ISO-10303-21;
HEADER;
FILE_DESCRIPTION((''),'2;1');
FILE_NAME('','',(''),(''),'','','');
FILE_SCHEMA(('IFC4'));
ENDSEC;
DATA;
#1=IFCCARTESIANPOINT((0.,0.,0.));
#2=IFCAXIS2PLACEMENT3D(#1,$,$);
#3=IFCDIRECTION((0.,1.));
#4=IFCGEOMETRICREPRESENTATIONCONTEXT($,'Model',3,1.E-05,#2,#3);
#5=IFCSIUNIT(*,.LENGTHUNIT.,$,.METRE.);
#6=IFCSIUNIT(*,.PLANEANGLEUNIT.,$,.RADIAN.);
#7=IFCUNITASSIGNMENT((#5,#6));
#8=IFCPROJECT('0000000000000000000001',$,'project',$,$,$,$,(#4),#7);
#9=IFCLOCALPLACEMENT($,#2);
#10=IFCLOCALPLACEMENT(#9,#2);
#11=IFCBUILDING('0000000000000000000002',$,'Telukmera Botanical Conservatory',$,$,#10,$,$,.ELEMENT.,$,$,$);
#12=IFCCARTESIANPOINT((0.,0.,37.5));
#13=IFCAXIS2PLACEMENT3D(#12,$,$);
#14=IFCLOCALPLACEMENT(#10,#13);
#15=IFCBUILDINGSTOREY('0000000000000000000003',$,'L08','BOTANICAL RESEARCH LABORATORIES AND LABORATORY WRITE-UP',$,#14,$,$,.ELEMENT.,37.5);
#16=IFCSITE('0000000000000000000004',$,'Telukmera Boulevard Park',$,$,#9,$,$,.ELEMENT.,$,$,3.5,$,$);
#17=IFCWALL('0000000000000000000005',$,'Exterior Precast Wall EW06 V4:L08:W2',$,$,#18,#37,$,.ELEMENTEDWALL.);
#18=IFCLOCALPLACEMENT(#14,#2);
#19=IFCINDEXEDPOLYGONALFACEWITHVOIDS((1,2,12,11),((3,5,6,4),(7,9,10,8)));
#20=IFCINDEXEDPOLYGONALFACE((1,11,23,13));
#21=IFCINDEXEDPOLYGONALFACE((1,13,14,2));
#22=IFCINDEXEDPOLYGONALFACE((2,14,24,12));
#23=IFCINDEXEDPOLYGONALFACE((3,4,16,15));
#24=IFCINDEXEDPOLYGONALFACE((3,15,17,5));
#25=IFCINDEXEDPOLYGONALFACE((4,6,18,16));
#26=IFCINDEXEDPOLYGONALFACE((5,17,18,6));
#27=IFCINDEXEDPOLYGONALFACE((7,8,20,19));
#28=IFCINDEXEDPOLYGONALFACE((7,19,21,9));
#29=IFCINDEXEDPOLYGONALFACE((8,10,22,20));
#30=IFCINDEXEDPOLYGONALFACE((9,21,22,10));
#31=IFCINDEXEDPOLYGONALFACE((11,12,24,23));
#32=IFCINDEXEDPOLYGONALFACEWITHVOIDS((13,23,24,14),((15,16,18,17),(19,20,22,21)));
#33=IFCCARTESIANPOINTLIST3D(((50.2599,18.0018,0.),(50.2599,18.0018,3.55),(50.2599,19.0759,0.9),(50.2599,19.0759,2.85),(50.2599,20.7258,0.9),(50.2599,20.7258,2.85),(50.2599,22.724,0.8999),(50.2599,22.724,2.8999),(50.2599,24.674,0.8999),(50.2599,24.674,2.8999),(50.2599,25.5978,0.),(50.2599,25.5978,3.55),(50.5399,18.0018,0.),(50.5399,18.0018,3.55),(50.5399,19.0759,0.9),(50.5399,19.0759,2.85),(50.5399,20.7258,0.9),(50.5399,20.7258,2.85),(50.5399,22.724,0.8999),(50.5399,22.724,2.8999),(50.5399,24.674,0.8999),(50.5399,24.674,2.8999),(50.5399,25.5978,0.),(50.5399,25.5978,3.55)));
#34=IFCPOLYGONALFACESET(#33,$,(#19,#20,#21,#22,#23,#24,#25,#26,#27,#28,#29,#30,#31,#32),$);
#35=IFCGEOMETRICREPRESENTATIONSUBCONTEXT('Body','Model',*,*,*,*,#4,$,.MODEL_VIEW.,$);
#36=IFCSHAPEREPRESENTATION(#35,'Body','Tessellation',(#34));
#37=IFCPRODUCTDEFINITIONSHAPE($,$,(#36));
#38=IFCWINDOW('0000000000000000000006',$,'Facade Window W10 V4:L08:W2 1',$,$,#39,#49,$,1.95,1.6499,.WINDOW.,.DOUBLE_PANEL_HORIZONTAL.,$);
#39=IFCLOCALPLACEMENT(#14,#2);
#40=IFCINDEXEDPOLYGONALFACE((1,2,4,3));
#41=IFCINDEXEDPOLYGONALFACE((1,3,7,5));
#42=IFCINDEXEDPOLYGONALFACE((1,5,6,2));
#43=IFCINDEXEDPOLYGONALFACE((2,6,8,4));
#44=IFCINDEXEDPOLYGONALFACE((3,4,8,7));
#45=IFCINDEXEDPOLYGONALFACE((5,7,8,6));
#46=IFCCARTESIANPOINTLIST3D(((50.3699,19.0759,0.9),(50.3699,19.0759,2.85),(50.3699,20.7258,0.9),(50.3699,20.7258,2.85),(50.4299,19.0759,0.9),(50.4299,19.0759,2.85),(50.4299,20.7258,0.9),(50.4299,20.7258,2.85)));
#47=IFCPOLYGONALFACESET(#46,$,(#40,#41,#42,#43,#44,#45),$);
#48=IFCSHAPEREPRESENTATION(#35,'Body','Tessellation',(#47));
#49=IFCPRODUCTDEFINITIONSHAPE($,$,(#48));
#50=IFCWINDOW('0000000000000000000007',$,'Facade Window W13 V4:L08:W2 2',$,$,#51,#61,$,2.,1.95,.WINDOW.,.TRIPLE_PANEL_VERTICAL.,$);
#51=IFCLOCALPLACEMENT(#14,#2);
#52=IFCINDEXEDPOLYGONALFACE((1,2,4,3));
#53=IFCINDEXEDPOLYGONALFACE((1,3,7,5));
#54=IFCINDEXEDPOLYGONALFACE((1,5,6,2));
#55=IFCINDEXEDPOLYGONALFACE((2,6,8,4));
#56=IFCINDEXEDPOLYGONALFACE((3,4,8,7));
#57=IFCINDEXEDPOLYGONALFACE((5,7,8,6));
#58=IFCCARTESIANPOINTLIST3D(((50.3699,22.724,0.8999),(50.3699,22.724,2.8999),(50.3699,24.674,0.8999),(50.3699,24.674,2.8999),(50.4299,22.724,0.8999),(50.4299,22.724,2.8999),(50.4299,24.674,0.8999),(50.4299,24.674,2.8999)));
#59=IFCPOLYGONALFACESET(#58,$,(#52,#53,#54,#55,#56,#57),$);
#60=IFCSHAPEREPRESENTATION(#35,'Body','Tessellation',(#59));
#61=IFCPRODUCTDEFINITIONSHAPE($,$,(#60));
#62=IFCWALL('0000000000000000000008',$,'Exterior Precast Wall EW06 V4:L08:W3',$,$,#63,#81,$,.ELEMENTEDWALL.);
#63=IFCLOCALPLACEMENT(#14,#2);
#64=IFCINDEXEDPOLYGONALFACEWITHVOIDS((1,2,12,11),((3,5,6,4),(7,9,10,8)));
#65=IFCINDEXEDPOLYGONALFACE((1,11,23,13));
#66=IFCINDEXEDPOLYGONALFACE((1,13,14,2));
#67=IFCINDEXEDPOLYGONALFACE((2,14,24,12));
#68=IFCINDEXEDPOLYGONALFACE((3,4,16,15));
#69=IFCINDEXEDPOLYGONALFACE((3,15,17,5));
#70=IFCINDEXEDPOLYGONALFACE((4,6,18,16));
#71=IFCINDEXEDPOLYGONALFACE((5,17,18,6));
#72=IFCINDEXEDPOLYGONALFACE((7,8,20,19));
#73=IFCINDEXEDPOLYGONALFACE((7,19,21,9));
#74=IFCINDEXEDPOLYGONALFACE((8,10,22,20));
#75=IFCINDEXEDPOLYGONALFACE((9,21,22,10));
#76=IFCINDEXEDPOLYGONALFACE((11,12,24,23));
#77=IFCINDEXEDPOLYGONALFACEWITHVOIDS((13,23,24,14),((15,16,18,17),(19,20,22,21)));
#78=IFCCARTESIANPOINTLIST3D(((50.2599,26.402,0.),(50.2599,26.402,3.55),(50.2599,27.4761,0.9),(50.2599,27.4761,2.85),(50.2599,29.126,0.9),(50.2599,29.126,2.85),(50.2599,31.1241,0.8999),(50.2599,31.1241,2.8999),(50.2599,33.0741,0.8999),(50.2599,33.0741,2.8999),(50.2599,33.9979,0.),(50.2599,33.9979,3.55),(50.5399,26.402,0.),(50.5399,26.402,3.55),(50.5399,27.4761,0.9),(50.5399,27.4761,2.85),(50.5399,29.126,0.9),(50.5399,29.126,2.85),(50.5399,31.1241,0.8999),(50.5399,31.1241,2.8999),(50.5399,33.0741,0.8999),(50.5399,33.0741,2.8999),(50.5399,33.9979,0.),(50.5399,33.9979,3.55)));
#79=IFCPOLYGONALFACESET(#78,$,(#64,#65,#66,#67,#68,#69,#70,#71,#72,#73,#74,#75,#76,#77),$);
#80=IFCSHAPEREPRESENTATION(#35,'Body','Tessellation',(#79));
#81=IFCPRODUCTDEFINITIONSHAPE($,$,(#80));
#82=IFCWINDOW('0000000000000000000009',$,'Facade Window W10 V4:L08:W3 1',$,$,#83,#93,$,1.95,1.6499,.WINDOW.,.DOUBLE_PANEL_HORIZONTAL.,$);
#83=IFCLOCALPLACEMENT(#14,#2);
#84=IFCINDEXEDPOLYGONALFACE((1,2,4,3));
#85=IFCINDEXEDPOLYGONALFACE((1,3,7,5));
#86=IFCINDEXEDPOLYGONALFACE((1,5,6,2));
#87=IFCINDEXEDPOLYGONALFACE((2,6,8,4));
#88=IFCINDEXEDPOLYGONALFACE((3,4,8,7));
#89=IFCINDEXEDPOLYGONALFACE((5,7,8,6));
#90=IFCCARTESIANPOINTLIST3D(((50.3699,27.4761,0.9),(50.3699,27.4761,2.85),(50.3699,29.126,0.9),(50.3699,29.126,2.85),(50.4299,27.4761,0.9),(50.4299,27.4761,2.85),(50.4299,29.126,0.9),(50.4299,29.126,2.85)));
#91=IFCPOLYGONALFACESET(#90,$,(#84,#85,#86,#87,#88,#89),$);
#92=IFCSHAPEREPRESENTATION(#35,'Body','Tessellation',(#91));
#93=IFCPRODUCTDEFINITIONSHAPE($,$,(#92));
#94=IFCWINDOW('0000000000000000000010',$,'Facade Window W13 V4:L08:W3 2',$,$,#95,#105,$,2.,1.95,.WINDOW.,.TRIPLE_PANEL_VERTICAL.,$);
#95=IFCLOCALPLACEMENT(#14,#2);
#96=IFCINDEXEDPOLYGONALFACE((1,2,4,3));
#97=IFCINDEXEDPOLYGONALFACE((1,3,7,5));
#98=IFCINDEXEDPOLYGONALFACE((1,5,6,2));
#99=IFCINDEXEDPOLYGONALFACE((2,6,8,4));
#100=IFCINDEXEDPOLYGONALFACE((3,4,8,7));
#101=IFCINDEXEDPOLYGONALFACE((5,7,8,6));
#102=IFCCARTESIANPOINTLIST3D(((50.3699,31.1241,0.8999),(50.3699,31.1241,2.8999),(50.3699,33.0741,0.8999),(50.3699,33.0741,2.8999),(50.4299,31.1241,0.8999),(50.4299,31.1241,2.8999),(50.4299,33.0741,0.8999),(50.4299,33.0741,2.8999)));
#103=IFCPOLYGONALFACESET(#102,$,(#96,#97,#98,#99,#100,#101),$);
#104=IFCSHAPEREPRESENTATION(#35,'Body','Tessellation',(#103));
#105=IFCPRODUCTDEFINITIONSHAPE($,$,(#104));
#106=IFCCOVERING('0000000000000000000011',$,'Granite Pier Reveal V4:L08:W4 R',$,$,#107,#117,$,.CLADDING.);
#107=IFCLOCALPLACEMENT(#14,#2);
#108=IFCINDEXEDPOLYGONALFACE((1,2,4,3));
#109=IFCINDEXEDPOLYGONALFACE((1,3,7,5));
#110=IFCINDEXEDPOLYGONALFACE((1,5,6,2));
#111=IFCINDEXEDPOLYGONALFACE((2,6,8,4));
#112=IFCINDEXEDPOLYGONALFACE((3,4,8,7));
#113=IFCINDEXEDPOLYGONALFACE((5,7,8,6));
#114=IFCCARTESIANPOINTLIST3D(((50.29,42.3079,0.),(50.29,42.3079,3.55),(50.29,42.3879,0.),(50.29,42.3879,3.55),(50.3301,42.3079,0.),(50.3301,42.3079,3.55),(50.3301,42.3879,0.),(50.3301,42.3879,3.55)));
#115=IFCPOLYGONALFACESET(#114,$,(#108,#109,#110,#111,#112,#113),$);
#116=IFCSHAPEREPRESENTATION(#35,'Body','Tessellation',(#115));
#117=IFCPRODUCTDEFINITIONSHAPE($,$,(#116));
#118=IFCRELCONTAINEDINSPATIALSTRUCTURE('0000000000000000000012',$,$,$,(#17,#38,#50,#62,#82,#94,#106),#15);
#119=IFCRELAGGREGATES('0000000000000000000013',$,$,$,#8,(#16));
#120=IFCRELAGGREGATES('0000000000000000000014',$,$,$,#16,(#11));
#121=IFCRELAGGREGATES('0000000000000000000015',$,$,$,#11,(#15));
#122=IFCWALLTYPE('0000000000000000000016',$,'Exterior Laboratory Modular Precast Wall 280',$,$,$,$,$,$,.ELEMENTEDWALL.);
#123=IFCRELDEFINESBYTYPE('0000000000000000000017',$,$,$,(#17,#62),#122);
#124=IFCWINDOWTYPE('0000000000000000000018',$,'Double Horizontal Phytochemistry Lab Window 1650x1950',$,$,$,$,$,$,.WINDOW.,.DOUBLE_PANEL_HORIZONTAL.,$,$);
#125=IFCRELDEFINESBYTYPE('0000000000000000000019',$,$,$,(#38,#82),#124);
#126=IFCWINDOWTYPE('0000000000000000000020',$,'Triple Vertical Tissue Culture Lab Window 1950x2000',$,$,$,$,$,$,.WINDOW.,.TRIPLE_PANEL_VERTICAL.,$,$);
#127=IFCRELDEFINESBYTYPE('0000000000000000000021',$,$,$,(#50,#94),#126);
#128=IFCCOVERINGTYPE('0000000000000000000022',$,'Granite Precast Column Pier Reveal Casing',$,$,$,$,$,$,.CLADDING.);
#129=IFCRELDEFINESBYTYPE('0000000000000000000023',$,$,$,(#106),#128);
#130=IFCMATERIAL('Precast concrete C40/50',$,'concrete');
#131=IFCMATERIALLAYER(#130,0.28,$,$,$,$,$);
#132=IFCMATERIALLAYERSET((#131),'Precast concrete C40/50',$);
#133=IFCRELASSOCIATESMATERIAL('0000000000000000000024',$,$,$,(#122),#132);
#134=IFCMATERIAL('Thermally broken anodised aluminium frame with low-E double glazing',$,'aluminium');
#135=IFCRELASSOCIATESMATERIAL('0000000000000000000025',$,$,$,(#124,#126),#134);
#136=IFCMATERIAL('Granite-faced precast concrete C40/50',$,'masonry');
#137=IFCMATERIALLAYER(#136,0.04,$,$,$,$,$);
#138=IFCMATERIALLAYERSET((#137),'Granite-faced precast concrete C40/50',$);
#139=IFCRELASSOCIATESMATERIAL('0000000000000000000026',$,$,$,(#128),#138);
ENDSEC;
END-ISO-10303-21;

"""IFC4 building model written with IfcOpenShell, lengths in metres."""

from ifc_helpers import new_model, si_unit, direction, frame, frame_2d, origin, origin_2d, place, context, subcontext, project, spatial, rectangle, extrude, material, layer, layer_set, type_object, element, fill, save


model = new_model("IFC4")

# Units and contexts
model_context = context("Model", 3, precision=1e-05, world=origin(), true_north=direction((0.0, 1.0)))
body_context = subcontext(model_context, "Body", "Model", "MODEL_VIEW")
ifc_project = project(units=[si_unit("LENGTHUNIT", "METRE"), si_unit("PLANEANGLEUNIT", "RADIAN")], contexts=[model_context])

# Site, building, storey
site_placement = place(None, origin())
site = spatial("IfcSite", under=ifc_project, at=site_placement, Name="Telukmera Boulevard Park", CompositionType="ELEMENT", RefElevation=3.5)
building_placement = place(site_placement, origin())
building = spatial("IfcBuilding", under=site, at=building_placement, Name="Telukmera Botanical Conservatory", CompositionType="ELEMENT")
storey_placement = place(building_placement, frame((0.0, 0.0, 37.5)))
storey = spatial("IfcBuildingStorey", under=building, at=storey_placement, Name="L08", Description="BOTANICAL RESEARCH LABORATORIES AND LABORATORY WRITE-UP", CompositionType="ELEMENT", Elevation=37.5)

# Shared definitions
ifc_material_1 = material(Name="Precast concrete C40/50", Category="concrete")

# Walls, openings, windows
ifc_layer_1 = layer(ifc_material_1, 0.28)
ifc_layer_set_1 = layer_set([ifc_layer_1], Name="Precast concrete C40/50")
wall_type = type_object("IfcWallType", Name="Exterior Laboratory Modular Precast Wall 280", PredefinedType="ELEMENTEDWALL", material=ifc_layer_set_1)
wall_1_placement = place(storey_placement, frame((50.3999, 18.002, 0.0), z_axis=(0.0, 0.0, 1.0), x_axis=(0.0, 1.0, 0.0)))
wall_1 = element("IfcWall", 1, at=wall_1_placement, inside=storey, type_object=wall_type, Name="Exterior Precast Wall EW06 V4:L08:W2", PredefinedType="ELEMENTEDWALL", context=body_context, shape_type="SweptSolid", body=[
    extrude(rectangle(XDim=7.5959, YDim=0.28, at=frame_2d((3.7979, 0.0))), origin(), (0.0, 0.0, 1.0), 3.55),
])
opening_1_placement = place(wall_1_placement, frame((1.074, 0.0, 0.8999)))
opening_1 = element("IfcOpeningElement", 2, at=opening_1_placement, cuts=wall_1, PredefinedType="OPENING", context=body_context, shape_type="SweptSolid", body=[
    extrude(rectangle(XDim=1.6499, YDim=1.95, at=frame_2d((0.825, 0.9751))), frame((0.0, 0.1499, 0.0), z_axis=(0.0, -1.0, 0.0), x_axis=(1.0, 0.0, 0.0)), (0.0, 0.0, 1.0), 0.3),
])
opening_2_placement = place(wall_1_placement, frame((4.7219, 0.0, 0.8999)))
opening_2 = element("IfcOpeningElement", 3, at=opening_2_placement, cuts=wall_1, PredefinedType="OPENING", context=body_context, shape_type="SweptSolid", body=[
    extrude(rectangle(XDim=1.95, YDim=2.0, at=frame_2d((0.9751, 1.0))), frame((0.0, 0.1499, 0.0), z_axis=(0.0, -1.0, 0.0), x_axis=(1.0, 0.0, 0.0)), (0.0, 0.0, 1.0), 0.3),
])
ifc_material_2 = material(Name="Thermally broken anodised aluminium frame with low-E double glazing", Category="aluminium")
window_type_1 = type_object("IfcWindowType", Name="Double Horizontal Phytochemistry Lab Window 1650x1950", PartitioningType="DOUBLE_PANEL_HORIZONTAL", PredefinedType="WINDOW", material=ifc_material_2)
window_1_placement = place(opening_1_placement, origin())
window_1 = element("IfcWindow", 4, at=window_1_placement, inside=storey, type_object=window_type_1, Name="Facade Window W10 V4:L08:W2 1", OverallHeight=1.95, OverallWidth=1.6499, PartitioningType="DOUBLE_PANEL_HORIZONTAL", PredefinedType="WINDOW", context=body_context, shape_type="SweptSolid", body=[
    extrude(rectangle(XDim=1.6499, YDim=1.95, at=frame_2d((0.825, 0.9751))), frame((0.0, 0.03, 0.0), z_axis=(0.0, -1.0, 0.0), x_axis=(1.0, 0.0, 0.0)), (0.0, 0.0, 1.0), 0.0601),
])
fill(opening_1, window_1)
window_type_2 = type_object("IfcWindowType", Name="Triple Vertical Tissue Culture Lab Window 1950x2000", PartitioningType="TRIPLE_PANEL_VERTICAL", PredefinedType="WINDOW", material=ifc_material_2)
window_2_placement = place(opening_2_placement, origin())
window_2 = element("IfcWindow", 5, at=window_2_placement, inside=storey, type_object=window_type_2, Name="Facade Window W13 V4:L08:W2 2", OverallHeight=2.0, OverallWidth=1.95, PartitioningType="TRIPLE_PANEL_VERTICAL", PredefinedType="WINDOW", context=body_context, shape_type="SweptSolid", body=[
    extrude(rectangle(XDim=1.95, YDim=2.0, at=frame_2d((0.9751, 1.0))), frame((0.0, 0.03, 0.0), z_axis=(0.0, -1.0, 0.0), x_axis=(1.0, 0.0, 0.0)), (0.0, 0.0, 1.0), 0.0601),
])
fill(opening_2, window_2)
wall_2_placement = place(storey_placement, frame((50.3999, 26.4021, 0.0), z_axis=(0.0, 0.0, 1.0), x_axis=(0.0, 1.0, 0.0)))
wall_2 = element("IfcWall", 6, at=wall_2_placement, inside=storey, type_object=wall_type, Name="Exterior Precast Wall EW06 V4:L08:W3", PredefinedType="ELEMENTEDWALL", context=body_context, shape_type="SweptSolid", body=[
    extrude(rectangle(XDim=7.5959, YDim=0.28, at=frame_2d((3.7979, 0.0))), origin(), (0.0, 0.0, 1.0), 3.55),
])
opening_3_placement = place(wall_2_placement, frame((1.074, 0.0, 0.8999)))
opening_3 = element("IfcOpeningElement", 7, at=opening_3_placement, cuts=wall_2, PredefinedType="OPENING", context=body_context, shape_type="SweptSolid", body=[
    extrude(rectangle(XDim=1.6499, YDim=1.95, at=frame_2d((0.825, 0.9751))), frame((0.0, 0.1499, 0.0), z_axis=(0.0, -1.0, 0.0), x_axis=(1.0, 0.0, 0.0)), (0.0, 0.0, 1.0), 0.3),
])
opening_4_placement = place(wall_2_placement, frame((4.7219, 0.0, 0.8999)))
opening_4 = element("IfcOpeningElement", 8, at=opening_4_placement, cuts=wall_2, PredefinedType="OPENING", context=body_context, shape_type="SweptSolid", body=[
    extrude(rectangle(XDim=1.95, YDim=2.0, at=frame_2d((0.9751, 1.0))), frame((0.0, 0.1499, 0.0), z_axis=(0.0, -1.0, 0.0), x_axis=(1.0, 0.0, 0.0)), (0.0, 0.0, 1.0), 0.3),
])
window_3_placement = place(opening_3_placement, origin())
window_3 = element("IfcWindow", 9, at=window_3_placement, inside=storey, type_object=window_type_1, Name="Facade Window W10 V4:L08:W3 1", OverallHeight=1.95, OverallWidth=1.6499, PartitioningType="DOUBLE_PANEL_HORIZONTAL", PredefinedType="WINDOW", context=body_context, shape_type="SweptSolid", body=[
    extrude(rectangle(XDim=1.6499, YDim=1.95, at=frame_2d((0.825, 0.9751))), frame((0.0, 0.03, 0.0), z_axis=(0.0, -1.0, 0.0), x_axis=(1.0, 0.0, 0.0)), (0.0, 0.0, 1.0), 0.0601),
])
fill(opening_3, window_3)
window_4_placement = place(opening_4_placement, origin())
window_4 = element("IfcWindow", 10, at=window_4_placement, inside=storey, type_object=window_type_2, Name="Facade Window W13 V4:L08:W3 2", OverallHeight=2.0, OverallWidth=1.95, PartitioningType="TRIPLE_PANEL_VERTICAL", PredefinedType="WINDOW", context=body_context, shape_type="SweptSolid", body=[
    extrude(rectangle(XDim=1.95, YDim=2.0, at=frame_2d((0.9751, 1.0))), frame((0.0, 0.03, 0.0), z_axis=(0.0, -1.0, 0.0), x_axis=(1.0, 0.0, 0.0)), (0.0, 0.0, 1.0), 0.0601),
])
fill(opening_4, window_4)

# Covering
ifc_material_3 = material(Name="Granite-faced precast concrete C40/50", Category="masonry")
ifc_layer_2 = layer(ifc_material_3, 0.04)
ifc_layer_set_2 = layer_set([ifc_layer_2], Name="Granite-faced precast concrete C40/50")
covering_type = type_object("IfcCoveringType", Name="Granite Precast Column Pier Reveal Casing", PredefinedType="CLADDING", material=ifc_layer_set_2)
covering_placement = place(storey_placement, frame((50.3101, 42.3479, 0.0), z_axis=(0.0, 0.0, 1.0), x_axis=(0.0, 1.0, 0.0)))
element("IfcCovering", 11, at=covering_placement, inside=storey, type_object=covering_type, Name="Granite Pier Reveal V4:L08:W4 R", PredefinedType="CLADDING", context=body_context, shape_type="SweptSolid", body=[
    extrude(rectangle(XDim=0.0801, YDim=0.04, at=origin_2d()), origin(), (0.0, 0.0, 1.0), 3.55),
])

save(model, "model.ifc")
